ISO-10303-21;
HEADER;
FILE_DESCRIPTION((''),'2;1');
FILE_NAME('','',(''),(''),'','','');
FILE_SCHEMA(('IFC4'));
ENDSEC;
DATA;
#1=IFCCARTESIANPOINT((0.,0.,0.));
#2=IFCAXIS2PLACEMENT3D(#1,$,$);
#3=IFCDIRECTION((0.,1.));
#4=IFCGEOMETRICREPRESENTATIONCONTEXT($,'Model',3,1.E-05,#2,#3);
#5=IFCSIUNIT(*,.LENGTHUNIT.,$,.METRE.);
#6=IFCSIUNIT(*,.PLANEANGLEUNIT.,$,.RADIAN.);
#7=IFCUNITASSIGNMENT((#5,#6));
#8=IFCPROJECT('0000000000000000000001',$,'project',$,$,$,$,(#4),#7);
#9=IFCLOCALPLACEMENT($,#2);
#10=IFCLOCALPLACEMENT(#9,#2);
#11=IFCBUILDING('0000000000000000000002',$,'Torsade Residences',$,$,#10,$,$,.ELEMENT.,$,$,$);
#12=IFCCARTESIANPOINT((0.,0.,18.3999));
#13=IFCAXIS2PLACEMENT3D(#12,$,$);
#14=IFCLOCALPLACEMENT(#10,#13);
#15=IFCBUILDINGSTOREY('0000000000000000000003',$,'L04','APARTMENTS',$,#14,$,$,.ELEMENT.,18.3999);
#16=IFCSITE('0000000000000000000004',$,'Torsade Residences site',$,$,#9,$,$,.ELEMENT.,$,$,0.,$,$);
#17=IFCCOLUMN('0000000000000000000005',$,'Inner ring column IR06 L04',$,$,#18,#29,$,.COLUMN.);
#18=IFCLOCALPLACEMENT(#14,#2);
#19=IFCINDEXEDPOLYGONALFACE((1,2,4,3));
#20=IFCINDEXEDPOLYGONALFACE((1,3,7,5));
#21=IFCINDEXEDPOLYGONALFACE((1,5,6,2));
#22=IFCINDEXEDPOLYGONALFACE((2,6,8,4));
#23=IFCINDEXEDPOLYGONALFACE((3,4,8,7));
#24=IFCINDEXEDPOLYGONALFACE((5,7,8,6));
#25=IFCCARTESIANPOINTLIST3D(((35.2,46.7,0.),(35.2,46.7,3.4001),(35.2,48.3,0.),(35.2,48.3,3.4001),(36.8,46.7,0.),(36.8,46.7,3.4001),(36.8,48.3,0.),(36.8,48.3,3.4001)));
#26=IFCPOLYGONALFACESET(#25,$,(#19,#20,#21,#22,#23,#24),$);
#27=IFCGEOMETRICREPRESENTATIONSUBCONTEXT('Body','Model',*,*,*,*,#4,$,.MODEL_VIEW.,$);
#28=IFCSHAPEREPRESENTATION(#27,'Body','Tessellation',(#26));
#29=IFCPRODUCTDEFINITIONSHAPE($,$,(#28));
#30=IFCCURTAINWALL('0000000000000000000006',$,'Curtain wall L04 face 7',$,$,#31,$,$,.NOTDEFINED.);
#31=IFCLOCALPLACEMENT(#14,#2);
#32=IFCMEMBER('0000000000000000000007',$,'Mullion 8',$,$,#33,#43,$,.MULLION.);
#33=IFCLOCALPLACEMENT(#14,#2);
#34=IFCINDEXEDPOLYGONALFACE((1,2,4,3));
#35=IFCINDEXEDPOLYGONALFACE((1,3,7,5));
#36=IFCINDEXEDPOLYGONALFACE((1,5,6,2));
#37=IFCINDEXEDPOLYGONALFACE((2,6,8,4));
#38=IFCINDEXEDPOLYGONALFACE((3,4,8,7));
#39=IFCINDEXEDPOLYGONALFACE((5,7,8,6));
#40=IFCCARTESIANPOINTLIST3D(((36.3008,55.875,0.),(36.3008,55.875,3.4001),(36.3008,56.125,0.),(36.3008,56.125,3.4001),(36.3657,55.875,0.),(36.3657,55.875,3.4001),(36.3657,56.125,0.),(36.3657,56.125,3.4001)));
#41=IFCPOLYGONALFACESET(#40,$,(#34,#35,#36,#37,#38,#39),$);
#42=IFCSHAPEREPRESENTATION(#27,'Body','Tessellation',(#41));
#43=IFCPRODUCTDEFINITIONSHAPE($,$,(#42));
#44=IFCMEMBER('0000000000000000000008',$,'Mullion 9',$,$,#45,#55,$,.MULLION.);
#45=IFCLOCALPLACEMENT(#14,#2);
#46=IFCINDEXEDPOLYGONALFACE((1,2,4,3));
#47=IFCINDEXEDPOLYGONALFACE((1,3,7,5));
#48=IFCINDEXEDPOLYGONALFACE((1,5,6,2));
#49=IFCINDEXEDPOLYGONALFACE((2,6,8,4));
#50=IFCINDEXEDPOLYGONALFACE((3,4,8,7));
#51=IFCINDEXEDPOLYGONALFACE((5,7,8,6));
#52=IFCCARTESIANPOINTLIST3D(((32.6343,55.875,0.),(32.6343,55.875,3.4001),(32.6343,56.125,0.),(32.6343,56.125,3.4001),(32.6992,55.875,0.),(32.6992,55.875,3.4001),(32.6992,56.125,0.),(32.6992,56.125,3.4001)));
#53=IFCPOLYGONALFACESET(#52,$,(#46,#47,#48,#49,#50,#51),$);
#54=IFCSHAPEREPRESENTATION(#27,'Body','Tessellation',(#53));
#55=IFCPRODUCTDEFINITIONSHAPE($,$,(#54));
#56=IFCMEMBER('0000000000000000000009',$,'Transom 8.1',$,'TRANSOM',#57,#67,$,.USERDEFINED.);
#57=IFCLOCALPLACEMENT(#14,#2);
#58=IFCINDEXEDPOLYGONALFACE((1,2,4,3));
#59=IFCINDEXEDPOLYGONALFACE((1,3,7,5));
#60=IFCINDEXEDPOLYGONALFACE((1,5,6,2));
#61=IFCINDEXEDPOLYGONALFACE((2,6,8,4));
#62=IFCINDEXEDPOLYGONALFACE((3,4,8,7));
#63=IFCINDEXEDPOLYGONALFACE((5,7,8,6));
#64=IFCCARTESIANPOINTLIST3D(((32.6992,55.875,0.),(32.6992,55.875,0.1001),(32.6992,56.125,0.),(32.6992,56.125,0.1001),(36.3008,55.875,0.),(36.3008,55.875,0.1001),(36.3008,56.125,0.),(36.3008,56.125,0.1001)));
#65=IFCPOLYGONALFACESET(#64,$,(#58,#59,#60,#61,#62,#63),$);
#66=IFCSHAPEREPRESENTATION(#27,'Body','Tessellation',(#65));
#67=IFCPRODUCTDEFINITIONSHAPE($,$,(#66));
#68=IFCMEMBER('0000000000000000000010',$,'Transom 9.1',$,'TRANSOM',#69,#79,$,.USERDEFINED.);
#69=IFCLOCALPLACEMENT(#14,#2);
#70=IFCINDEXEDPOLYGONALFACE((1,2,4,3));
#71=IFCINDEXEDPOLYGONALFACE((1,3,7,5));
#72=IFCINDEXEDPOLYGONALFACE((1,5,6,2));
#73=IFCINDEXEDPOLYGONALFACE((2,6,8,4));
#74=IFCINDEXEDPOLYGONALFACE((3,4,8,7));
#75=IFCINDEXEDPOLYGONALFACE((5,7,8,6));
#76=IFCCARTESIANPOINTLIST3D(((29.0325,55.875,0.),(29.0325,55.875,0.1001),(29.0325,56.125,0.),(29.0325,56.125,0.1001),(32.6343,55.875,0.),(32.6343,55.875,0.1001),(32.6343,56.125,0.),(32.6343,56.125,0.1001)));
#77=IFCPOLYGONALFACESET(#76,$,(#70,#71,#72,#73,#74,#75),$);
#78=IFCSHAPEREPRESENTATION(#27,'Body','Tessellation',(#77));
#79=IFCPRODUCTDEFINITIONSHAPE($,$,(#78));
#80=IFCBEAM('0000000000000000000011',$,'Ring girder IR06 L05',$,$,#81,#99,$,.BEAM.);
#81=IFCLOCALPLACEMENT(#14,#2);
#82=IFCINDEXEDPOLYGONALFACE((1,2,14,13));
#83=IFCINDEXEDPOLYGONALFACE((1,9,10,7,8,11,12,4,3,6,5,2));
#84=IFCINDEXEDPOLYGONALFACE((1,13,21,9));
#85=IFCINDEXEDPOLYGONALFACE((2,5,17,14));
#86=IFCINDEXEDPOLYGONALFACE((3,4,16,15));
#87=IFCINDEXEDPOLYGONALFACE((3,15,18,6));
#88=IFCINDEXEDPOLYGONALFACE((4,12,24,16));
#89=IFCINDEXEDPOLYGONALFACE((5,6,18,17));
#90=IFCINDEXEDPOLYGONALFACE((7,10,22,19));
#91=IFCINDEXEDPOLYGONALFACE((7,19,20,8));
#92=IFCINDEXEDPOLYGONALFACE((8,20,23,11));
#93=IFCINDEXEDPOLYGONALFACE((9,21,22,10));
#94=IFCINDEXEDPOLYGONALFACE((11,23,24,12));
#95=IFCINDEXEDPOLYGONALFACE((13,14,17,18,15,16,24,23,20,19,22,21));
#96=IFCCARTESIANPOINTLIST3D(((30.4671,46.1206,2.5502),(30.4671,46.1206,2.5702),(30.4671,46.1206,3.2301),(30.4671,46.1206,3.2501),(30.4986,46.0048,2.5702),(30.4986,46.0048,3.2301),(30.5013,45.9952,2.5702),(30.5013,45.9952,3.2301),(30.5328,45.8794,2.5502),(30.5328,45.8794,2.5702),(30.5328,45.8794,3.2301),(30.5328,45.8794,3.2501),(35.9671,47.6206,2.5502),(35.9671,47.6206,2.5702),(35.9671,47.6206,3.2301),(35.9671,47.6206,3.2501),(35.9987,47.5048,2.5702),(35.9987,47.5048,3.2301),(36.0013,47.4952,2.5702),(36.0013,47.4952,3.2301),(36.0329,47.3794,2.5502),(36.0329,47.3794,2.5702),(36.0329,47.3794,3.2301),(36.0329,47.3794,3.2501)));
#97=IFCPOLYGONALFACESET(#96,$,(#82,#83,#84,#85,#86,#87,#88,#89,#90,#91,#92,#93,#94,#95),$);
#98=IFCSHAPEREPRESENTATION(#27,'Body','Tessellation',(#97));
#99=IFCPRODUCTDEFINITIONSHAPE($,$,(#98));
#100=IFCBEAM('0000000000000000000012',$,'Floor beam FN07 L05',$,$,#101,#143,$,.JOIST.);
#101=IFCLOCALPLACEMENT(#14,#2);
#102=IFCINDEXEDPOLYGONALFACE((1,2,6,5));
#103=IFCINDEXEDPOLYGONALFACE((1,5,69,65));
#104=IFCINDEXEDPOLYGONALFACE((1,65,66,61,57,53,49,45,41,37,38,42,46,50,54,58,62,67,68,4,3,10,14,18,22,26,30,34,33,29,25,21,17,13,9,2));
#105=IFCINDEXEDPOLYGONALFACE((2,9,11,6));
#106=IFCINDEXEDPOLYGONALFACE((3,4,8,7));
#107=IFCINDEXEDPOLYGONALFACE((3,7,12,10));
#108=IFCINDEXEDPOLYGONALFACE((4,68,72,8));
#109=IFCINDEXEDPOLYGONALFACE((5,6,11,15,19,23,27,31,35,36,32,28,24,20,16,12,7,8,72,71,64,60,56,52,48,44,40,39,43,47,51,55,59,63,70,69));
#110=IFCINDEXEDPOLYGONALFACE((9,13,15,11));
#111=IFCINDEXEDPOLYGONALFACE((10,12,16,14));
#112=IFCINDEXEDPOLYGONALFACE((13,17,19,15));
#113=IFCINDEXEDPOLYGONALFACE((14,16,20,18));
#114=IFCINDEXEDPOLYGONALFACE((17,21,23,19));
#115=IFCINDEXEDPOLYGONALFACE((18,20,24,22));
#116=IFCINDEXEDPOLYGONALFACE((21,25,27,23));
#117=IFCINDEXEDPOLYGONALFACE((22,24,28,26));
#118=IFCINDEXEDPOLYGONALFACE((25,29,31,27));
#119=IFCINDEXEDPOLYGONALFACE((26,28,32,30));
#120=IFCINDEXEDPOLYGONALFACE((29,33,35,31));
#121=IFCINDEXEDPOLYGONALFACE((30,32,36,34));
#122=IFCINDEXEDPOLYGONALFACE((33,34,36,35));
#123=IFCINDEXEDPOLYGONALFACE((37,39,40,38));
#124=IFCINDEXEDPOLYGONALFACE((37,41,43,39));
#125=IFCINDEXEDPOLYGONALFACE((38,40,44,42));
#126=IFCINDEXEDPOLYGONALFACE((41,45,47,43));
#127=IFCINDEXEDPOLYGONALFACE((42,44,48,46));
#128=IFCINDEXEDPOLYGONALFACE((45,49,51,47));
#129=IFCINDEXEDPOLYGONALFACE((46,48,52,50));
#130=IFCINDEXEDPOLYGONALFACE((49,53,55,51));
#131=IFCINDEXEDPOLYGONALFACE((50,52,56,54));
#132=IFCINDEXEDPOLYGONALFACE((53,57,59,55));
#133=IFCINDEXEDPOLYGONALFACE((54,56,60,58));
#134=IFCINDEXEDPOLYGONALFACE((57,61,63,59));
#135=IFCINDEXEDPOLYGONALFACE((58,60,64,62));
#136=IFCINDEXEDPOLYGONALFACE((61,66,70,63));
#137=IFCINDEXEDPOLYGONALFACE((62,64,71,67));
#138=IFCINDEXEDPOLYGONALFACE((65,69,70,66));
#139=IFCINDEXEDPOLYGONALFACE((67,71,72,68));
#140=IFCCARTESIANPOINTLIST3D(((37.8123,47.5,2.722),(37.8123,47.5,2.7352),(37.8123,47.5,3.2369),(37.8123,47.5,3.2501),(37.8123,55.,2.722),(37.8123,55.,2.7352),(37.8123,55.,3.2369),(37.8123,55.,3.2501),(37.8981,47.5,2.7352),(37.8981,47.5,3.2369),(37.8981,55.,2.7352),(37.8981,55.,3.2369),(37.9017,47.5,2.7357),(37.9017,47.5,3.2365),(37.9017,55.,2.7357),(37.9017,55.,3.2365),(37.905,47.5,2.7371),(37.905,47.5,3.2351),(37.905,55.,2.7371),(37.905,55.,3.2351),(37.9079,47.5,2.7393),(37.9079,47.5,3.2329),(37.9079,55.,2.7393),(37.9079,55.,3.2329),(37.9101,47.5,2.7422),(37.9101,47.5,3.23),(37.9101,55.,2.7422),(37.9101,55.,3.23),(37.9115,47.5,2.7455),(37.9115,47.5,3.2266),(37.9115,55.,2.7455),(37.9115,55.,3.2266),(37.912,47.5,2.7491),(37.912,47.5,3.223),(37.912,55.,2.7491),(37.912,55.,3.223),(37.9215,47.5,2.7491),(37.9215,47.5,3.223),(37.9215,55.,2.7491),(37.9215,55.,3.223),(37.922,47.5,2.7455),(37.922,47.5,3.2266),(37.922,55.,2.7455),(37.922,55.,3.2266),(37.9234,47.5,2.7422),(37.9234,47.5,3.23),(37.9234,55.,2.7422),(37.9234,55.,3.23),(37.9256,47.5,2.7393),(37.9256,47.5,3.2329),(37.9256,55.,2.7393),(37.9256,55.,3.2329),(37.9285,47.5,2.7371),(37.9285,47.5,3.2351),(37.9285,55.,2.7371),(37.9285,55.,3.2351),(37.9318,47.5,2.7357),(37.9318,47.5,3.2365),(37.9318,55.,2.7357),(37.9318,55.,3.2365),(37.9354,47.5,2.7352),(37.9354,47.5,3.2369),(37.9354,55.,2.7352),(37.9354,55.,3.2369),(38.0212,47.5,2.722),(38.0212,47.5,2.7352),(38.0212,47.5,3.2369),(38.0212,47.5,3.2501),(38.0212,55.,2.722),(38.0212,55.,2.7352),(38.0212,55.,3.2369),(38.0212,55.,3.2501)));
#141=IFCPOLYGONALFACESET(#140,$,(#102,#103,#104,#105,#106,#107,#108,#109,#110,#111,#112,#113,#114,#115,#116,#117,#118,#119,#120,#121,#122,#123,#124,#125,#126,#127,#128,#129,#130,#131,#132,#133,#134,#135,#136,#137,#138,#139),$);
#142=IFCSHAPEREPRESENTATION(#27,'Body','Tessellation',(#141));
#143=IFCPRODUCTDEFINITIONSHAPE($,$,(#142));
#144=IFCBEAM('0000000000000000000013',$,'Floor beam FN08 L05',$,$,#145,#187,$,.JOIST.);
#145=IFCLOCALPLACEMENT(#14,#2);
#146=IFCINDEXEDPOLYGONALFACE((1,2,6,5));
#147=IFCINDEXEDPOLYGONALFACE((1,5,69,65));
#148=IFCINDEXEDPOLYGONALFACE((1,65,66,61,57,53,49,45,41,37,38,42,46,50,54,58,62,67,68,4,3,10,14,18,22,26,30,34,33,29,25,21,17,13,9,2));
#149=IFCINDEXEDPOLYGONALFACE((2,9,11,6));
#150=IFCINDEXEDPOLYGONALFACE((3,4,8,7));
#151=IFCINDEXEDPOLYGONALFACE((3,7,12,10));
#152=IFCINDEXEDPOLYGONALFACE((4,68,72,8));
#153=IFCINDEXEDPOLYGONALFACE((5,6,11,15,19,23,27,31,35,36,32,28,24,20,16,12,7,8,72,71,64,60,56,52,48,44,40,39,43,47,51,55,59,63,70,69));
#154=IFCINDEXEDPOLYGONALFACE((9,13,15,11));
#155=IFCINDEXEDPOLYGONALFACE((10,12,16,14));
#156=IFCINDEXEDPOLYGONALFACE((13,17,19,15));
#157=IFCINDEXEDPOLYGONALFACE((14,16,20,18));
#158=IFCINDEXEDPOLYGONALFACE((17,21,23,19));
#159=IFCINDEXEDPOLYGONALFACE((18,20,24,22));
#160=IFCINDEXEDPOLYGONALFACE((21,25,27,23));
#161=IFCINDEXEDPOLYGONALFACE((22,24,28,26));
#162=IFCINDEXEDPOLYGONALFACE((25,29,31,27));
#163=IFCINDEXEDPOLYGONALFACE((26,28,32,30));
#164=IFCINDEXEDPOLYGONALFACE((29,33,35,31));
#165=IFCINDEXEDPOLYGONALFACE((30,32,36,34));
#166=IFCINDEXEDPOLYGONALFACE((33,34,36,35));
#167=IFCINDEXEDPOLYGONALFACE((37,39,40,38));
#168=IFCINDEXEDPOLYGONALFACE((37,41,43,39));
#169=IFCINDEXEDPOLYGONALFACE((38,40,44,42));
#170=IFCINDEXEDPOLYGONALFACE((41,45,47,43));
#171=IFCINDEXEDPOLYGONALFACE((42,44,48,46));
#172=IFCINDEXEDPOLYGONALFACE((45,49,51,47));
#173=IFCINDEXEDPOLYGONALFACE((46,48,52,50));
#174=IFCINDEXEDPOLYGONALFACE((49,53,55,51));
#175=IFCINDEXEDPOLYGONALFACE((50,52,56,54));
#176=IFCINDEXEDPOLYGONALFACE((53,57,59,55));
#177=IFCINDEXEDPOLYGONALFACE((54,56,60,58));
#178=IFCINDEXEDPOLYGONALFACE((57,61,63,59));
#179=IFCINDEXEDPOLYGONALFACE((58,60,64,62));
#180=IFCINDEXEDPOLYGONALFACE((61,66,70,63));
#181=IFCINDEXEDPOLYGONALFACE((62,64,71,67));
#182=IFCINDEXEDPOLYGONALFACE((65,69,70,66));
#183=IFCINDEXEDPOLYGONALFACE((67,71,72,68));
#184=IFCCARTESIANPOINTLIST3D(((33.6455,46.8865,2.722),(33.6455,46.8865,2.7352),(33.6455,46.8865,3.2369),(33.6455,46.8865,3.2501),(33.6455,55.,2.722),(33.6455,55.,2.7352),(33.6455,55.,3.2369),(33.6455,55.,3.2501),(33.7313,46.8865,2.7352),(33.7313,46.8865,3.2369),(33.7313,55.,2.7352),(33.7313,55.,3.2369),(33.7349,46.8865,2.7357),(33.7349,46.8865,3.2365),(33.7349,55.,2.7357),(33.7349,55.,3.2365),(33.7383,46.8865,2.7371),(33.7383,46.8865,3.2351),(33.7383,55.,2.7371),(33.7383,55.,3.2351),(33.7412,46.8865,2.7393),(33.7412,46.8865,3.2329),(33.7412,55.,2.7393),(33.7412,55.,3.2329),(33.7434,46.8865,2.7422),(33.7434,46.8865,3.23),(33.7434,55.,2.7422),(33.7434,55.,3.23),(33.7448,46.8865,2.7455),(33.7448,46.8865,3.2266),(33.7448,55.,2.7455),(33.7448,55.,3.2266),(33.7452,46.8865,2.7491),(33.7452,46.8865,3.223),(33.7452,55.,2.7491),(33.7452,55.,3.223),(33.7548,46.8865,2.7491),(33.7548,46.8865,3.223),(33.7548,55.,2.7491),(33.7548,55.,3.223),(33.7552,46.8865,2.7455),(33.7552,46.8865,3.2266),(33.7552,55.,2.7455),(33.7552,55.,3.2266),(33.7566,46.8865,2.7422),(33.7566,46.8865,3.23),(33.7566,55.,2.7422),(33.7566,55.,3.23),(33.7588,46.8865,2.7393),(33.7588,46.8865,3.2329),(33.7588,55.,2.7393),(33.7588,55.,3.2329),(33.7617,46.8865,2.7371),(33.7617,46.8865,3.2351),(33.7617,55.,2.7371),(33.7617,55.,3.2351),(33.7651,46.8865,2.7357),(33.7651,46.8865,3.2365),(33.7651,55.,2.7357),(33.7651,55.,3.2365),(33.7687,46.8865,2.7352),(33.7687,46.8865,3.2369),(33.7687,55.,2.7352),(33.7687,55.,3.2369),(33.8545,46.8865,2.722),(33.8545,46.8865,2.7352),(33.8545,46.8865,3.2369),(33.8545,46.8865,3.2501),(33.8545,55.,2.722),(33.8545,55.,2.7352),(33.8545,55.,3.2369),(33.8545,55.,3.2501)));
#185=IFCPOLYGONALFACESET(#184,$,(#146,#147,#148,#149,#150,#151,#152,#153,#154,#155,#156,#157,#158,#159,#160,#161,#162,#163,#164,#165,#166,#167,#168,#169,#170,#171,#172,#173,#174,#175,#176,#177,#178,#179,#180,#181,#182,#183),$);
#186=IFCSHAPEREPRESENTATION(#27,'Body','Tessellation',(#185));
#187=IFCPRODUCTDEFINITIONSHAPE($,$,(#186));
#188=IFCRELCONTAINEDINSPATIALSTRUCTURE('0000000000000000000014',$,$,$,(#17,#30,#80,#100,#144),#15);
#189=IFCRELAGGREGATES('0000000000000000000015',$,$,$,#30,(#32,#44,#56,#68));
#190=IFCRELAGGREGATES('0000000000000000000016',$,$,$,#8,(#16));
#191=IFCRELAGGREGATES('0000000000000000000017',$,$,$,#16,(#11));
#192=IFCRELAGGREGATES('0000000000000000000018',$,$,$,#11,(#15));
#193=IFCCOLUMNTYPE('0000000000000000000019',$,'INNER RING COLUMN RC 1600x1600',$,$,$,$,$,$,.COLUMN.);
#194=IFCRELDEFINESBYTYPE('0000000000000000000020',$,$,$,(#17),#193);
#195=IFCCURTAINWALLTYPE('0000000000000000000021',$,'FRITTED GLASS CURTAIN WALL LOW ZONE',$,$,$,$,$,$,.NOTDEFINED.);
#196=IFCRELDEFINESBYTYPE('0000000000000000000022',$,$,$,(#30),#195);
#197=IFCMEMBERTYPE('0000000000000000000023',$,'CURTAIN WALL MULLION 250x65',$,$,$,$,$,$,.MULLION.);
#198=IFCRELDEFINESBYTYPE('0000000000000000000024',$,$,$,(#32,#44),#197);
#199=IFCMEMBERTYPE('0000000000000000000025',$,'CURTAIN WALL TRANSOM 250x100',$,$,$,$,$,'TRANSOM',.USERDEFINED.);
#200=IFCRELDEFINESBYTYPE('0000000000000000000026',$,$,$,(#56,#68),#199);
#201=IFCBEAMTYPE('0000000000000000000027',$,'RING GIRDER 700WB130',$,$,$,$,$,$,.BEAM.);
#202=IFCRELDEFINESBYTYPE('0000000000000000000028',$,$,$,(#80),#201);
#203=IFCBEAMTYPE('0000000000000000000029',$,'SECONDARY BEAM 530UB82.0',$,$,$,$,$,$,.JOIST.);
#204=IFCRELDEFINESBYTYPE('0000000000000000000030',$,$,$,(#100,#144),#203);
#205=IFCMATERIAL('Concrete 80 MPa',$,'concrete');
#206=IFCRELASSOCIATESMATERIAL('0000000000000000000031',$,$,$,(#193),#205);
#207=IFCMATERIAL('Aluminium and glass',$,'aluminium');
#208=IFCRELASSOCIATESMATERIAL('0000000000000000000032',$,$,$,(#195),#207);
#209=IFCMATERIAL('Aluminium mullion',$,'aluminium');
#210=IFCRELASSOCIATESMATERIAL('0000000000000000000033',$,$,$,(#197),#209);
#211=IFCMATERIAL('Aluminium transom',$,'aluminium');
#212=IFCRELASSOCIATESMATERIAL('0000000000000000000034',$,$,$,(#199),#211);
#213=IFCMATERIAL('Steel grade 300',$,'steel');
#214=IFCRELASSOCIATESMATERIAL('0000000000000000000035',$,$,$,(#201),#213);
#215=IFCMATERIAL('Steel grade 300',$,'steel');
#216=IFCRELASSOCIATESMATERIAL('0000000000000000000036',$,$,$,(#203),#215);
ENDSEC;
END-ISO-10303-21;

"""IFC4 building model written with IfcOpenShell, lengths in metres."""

from ifc_helpers import new_model, si_unit, direction, frame, origin, origin_2d, place, context, subcontext, project, spatial, rectangle, i_section, extrude, material, material_profile, profile_set, type_object, element, aggregate, save


model = new_model("IFC4")

# Units and contexts
model_context = context("Model", 3, precision=1e-05, world=origin(), true_north=direction((0.0, 1.0)))
body_context = subcontext(model_context, "Body", "Model", "MODEL_VIEW")
ifc_project = project(units=[si_unit("LENGTHUNIT", "METRE"), si_unit("PLANEANGLEUNIT", "RADIAN")], contexts=[model_context])

# Site, building, storey
site_placement = place(None, origin())
site = spatial("IfcSite", under=ifc_project, at=site_placement, Name="Torsade Residences site", CompositionType="ELEMENT", RefElevation=0.0)
building_placement = place(site_placement, origin())
building = spatial("IfcBuilding", under=site, at=building_placement, Name="Torsade Residences", CompositionType="ELEMENT")
storey_placement = place(building_placement, frame((0.0, 0.0, 18.3999)))
storey = spatial("IfcBuildingStorey", under=building, at=storey_placement, Name="L04", Description="APARTMENTS", CompositionType="ELEMENT", Elevation=18.3999)

# Column
ifc_material_1 = material(Name="Concrete 80 MPa", Category="concrete")
ifc_material_profile_1 = material_profile(ifc_material_1, rectangle(XDim=1.6001, YDim=1.6001, at=origin_2d()), Name="RC 1600x1600")
ifc_profile_set_1 = profile_set([ifc_material_profile_1], Name="Concrete 80 MPa")
column_type = type_object("IfcColumnType", Name="INNER RING COLUMN RC 1600x1600", PredefinedType="COLUMN", material=ifc_profile_set_1)
column_placement = place(storey_placement, frame((36.0, 47.5, 0.0), z_axis=(0.0, 0.0, 1.0), x_axis=(1.0, 0.0, 0.0)))
element("IfcColumn", 1, at=column_placement, inside=storey, type_object=column_type, Name="Inner ring column IR06 L04", PredefinedType="COLUMN", context=body_context, shape_type="SweptSolid", body=[
    extrude(rectangle(XDim=1.6001, YDim=1.6001, at=origin_2d()), origin(), (0.0, 0.0, 1.0), 3.4001),
])

# Curtain wall, members
ifc_material_2 = material(Name="Aluminium and glass", Category="aluminium")
curtain_wall_type = type_object("IfcCurtainWallType", Name="FRITTED GLASS CURTAIN WALL LOW ZONE", PredefinedType="NOTDEFINED", material=ifc_material_2)
curtain_wall_placement = place(storey_placement, origin())
curtain_wall = element("IfcCurtainWall", 2, at=curtain_wall_placement, inside=storey, type_object=curtain_wall_type, Name="Curtain wall L04 face 7", PredefinedType="NOTDEFINED")
ifc_material_3 = material(Name="Aluminium mullion", Category="aluminium")
ifc_material_profile_2 = material_profile(ifc_material_3, rectangle(XDim=0.25, YDim=0.0649, at=origin_2d()), Name="CURTAIN WALL MULLION 250x65")
ifc_profile_set_2 = profile_set([ifc_material_profile_2], Name="Aluminium mullion")
member_type_1 = type_object("IfcMemberType", Name="CURTAIN WALL MULLION 250x65", PredefinedType="MULLION", material=ifc_profile_set_2)
member_1_placement = place(storey_placement, frame((36.3333, 56.0, 0.0), z_axis=(0.0, 0.0, 1.0), x_axis=(0.0, -1.0, 0.0)))
member_1 = element("IfcMember", 3, at=member_1_placement, type_object=member_type_1, Name="Mullion 8", PredefinedType="MULLION", context=body_context, shape_type="SweptSolid", body=[
    extrude(rectangle(XDim=0.25, YDim=0.0649, at=origin_2d()), origin(), (0.0, 0.0, 1.0), 3.4001),
])
member_2_placement = place(storey_placement, frame((32.6667, 56.0, 0.0), z_axis=(0.0, 0.0, 1.0), x_axis=(0.0, -1.0, 0.0)))
member_2 = element("IfcMember", 4, at=member_2_placement, type_object=member_type_1, Name="Mullion 9", PredefinedType="MULLION", context=body_context, shape_type="SweptSolid", body=[
    extrude(rectangle(XDim=0.25, YDim=0.0649, at=origin_2d()), origin(), (0.0, 0.0, 1.0), 3.4001),
])
ifc_material_4 = material(Name="Aluminium transom", Category="aluminium")
ifc_material_profile_3 = material_profile(ifc_material_4, rectangle(XDim=0.25, YDim=0.1001, at=origin_2d()), Name="CURTAIN WALL TRANSOM 250x100")
ifc_profile_set_3 = profile_set([ifc_material_profile_3], Name="Aluminium transom")
member_type_2 = type_object("IfcMemberType", Name="CURTAIN WALL TRANSOM 250x100", ElementType="TRANSOM", PredefinedType="USERDEFINED", material=ifc_profile_set_3)
member_3_placement = place(storey_placement, frame((36.3008, 56.0, 0.05), z_axis=(-1.0, 0.0, 0.0), x_axis=(0.0, -1.0, 0.0)))
member_3 = element("IfcMember", 5, at=member_3_placement, type_object=member_type_2, Name="Transom 8.1", ObjectType="TRANSOM", PredefinedType="USERDEFINED", context=body_context, shape_type="SweptSolid", body=[
    extrude(rectangle(XDim=0.25, YDim=0.1001, at=origin_2d()), origin(), (0.0, 0.0, 1.0), 3.6016),
])
member_4_placement = place(storey_placement, frame((32.6343, 56.0, 0.05), z_axis=(-1.0, 0.0, 0.0), x_axis=(0.0, -1.0, 0.0)))
member_4 = element("IfcMember", 6, at=member_4_placement, type_object=member_type_2, Name="Transom 9.1", ObjectType="TRANSOM", PredefinedType="USERDEFINED", context=body_context, shape_type="SweptSolid", body=[
    extrude(rectangle(XDim=0.25, YDim=0.1001, at=origin_2d()), origin(), (0.0, 0.0, 1.0), 3.6018),
])

# Beams
ifc_material_5 = material(Name="Steel grade 300", Category="steel")
ifc_material_profile_4 = material_profile(ifc_material_5, i_section(OverallWidth=0.25, OverallDepth=0.7, WebThickness=0.01, FlangeThickness=0.02, at=origin_2d()), Name="700WB130")
ifc_profile_set_4 = profile_set([ifc_material_profile_4], Name="Steel grade 300")
beam_type_1 = type_object("IfcBeamType", Name="RING GIRDER 700WB130", PredefinedType="BEAM", material=ifc_profile_set_4)
beam_1_placement = place(storey_placement, frame((36.0, 47.5, 2.9001), z_axis=(-0.964764, -0.263117, 0.0), x_axis=(0.263117, -0.964764, 0.0)))
element("IfcBeam", 7, at=beam_1_placement, inside=storey, type_object=beam_type_1, Name="Ring girder IR06 L05", PredefinedType="BEAM", context=body_context, shape_type="SweptSolid", body=[
    extrude(i_section(OverallWidth=0.25, OverallDepth=0.7, WebThickness=0.01, FlangeThickness=0.02, at=origin_2d()), origin(), (0.0, 0.0, 1.0), 5.7009),
])
ifc_material_6 = material(Name="Steel grade 300", Category="steel")
ifc_material_profile_5 = material_profile(ifc_material_6, i_section(OverallWidth=0.209, OverallDepth=0.5281, WebThickness=0.0095, FlangeThickness=0.0132, FilletRadius=0.0139, at=origin_2d()), Name="530UB82.0")
ifc_profile_set_5 = profile_set([ifc_material_profile_5], Name="Steel grade 300")
beam_type_2 = type_object("IfcBeamType", Name="SECONDARY BEAM 530UB82.0", PredefinedType="JOIST", material=ifc_profile_set_5)
beam_2_placement = place(storey_placement, frame((37.9167, 55.0, 2.9861), z_axis=(0.0, -1.0, 0.0), x_axis=(1.0, 0.0, 0.0)))
element("IfcBeam", 8, at=beam_2_placement, inside=storey, type_object=beam_type_2, Name="Floor beam FN07 L05", PredefinedType="JOIST", context=body_context, shape_type="SweptSolid", body=[
    extrude(i_section(OverallWidth=0.209, OverallDepth=0.5281, WebThickness=0.0095, FlangeThickness=0.0132, FilletRadius=0.0139, at=origin_2d()), origin(), (0.0, 0.0, 1.0), 7.5),
])
beam_3_placement = place(storey_placement, frame((33.75, 55.0, 2.9861), z_axis=(0.0, -1.0, 0.0), x_axis=(1.0, 0.0, 0.0)))
element("IfcBeam", 9, at=beam_3_placement, inside=storey, type_object=beam_type_2, Name="Floor beam FN08 L05", PredefinedType="JOIST", context=body_context, shape_type="SweptSolid", body=[
    extrude(i_section(OverallWidth=0.209, OverallDepth=0.5281, WebThickness=0.0095, FlangeThickness=0.0132, FilletRadius=0.0139, at=origin_2d()), origin(), (0.0, 0.0, 1.0), 8.1135),
])

aggregate(curtain_wall, [member_1, member_2, member_3, member_4])

save(model, "model.ifc")
